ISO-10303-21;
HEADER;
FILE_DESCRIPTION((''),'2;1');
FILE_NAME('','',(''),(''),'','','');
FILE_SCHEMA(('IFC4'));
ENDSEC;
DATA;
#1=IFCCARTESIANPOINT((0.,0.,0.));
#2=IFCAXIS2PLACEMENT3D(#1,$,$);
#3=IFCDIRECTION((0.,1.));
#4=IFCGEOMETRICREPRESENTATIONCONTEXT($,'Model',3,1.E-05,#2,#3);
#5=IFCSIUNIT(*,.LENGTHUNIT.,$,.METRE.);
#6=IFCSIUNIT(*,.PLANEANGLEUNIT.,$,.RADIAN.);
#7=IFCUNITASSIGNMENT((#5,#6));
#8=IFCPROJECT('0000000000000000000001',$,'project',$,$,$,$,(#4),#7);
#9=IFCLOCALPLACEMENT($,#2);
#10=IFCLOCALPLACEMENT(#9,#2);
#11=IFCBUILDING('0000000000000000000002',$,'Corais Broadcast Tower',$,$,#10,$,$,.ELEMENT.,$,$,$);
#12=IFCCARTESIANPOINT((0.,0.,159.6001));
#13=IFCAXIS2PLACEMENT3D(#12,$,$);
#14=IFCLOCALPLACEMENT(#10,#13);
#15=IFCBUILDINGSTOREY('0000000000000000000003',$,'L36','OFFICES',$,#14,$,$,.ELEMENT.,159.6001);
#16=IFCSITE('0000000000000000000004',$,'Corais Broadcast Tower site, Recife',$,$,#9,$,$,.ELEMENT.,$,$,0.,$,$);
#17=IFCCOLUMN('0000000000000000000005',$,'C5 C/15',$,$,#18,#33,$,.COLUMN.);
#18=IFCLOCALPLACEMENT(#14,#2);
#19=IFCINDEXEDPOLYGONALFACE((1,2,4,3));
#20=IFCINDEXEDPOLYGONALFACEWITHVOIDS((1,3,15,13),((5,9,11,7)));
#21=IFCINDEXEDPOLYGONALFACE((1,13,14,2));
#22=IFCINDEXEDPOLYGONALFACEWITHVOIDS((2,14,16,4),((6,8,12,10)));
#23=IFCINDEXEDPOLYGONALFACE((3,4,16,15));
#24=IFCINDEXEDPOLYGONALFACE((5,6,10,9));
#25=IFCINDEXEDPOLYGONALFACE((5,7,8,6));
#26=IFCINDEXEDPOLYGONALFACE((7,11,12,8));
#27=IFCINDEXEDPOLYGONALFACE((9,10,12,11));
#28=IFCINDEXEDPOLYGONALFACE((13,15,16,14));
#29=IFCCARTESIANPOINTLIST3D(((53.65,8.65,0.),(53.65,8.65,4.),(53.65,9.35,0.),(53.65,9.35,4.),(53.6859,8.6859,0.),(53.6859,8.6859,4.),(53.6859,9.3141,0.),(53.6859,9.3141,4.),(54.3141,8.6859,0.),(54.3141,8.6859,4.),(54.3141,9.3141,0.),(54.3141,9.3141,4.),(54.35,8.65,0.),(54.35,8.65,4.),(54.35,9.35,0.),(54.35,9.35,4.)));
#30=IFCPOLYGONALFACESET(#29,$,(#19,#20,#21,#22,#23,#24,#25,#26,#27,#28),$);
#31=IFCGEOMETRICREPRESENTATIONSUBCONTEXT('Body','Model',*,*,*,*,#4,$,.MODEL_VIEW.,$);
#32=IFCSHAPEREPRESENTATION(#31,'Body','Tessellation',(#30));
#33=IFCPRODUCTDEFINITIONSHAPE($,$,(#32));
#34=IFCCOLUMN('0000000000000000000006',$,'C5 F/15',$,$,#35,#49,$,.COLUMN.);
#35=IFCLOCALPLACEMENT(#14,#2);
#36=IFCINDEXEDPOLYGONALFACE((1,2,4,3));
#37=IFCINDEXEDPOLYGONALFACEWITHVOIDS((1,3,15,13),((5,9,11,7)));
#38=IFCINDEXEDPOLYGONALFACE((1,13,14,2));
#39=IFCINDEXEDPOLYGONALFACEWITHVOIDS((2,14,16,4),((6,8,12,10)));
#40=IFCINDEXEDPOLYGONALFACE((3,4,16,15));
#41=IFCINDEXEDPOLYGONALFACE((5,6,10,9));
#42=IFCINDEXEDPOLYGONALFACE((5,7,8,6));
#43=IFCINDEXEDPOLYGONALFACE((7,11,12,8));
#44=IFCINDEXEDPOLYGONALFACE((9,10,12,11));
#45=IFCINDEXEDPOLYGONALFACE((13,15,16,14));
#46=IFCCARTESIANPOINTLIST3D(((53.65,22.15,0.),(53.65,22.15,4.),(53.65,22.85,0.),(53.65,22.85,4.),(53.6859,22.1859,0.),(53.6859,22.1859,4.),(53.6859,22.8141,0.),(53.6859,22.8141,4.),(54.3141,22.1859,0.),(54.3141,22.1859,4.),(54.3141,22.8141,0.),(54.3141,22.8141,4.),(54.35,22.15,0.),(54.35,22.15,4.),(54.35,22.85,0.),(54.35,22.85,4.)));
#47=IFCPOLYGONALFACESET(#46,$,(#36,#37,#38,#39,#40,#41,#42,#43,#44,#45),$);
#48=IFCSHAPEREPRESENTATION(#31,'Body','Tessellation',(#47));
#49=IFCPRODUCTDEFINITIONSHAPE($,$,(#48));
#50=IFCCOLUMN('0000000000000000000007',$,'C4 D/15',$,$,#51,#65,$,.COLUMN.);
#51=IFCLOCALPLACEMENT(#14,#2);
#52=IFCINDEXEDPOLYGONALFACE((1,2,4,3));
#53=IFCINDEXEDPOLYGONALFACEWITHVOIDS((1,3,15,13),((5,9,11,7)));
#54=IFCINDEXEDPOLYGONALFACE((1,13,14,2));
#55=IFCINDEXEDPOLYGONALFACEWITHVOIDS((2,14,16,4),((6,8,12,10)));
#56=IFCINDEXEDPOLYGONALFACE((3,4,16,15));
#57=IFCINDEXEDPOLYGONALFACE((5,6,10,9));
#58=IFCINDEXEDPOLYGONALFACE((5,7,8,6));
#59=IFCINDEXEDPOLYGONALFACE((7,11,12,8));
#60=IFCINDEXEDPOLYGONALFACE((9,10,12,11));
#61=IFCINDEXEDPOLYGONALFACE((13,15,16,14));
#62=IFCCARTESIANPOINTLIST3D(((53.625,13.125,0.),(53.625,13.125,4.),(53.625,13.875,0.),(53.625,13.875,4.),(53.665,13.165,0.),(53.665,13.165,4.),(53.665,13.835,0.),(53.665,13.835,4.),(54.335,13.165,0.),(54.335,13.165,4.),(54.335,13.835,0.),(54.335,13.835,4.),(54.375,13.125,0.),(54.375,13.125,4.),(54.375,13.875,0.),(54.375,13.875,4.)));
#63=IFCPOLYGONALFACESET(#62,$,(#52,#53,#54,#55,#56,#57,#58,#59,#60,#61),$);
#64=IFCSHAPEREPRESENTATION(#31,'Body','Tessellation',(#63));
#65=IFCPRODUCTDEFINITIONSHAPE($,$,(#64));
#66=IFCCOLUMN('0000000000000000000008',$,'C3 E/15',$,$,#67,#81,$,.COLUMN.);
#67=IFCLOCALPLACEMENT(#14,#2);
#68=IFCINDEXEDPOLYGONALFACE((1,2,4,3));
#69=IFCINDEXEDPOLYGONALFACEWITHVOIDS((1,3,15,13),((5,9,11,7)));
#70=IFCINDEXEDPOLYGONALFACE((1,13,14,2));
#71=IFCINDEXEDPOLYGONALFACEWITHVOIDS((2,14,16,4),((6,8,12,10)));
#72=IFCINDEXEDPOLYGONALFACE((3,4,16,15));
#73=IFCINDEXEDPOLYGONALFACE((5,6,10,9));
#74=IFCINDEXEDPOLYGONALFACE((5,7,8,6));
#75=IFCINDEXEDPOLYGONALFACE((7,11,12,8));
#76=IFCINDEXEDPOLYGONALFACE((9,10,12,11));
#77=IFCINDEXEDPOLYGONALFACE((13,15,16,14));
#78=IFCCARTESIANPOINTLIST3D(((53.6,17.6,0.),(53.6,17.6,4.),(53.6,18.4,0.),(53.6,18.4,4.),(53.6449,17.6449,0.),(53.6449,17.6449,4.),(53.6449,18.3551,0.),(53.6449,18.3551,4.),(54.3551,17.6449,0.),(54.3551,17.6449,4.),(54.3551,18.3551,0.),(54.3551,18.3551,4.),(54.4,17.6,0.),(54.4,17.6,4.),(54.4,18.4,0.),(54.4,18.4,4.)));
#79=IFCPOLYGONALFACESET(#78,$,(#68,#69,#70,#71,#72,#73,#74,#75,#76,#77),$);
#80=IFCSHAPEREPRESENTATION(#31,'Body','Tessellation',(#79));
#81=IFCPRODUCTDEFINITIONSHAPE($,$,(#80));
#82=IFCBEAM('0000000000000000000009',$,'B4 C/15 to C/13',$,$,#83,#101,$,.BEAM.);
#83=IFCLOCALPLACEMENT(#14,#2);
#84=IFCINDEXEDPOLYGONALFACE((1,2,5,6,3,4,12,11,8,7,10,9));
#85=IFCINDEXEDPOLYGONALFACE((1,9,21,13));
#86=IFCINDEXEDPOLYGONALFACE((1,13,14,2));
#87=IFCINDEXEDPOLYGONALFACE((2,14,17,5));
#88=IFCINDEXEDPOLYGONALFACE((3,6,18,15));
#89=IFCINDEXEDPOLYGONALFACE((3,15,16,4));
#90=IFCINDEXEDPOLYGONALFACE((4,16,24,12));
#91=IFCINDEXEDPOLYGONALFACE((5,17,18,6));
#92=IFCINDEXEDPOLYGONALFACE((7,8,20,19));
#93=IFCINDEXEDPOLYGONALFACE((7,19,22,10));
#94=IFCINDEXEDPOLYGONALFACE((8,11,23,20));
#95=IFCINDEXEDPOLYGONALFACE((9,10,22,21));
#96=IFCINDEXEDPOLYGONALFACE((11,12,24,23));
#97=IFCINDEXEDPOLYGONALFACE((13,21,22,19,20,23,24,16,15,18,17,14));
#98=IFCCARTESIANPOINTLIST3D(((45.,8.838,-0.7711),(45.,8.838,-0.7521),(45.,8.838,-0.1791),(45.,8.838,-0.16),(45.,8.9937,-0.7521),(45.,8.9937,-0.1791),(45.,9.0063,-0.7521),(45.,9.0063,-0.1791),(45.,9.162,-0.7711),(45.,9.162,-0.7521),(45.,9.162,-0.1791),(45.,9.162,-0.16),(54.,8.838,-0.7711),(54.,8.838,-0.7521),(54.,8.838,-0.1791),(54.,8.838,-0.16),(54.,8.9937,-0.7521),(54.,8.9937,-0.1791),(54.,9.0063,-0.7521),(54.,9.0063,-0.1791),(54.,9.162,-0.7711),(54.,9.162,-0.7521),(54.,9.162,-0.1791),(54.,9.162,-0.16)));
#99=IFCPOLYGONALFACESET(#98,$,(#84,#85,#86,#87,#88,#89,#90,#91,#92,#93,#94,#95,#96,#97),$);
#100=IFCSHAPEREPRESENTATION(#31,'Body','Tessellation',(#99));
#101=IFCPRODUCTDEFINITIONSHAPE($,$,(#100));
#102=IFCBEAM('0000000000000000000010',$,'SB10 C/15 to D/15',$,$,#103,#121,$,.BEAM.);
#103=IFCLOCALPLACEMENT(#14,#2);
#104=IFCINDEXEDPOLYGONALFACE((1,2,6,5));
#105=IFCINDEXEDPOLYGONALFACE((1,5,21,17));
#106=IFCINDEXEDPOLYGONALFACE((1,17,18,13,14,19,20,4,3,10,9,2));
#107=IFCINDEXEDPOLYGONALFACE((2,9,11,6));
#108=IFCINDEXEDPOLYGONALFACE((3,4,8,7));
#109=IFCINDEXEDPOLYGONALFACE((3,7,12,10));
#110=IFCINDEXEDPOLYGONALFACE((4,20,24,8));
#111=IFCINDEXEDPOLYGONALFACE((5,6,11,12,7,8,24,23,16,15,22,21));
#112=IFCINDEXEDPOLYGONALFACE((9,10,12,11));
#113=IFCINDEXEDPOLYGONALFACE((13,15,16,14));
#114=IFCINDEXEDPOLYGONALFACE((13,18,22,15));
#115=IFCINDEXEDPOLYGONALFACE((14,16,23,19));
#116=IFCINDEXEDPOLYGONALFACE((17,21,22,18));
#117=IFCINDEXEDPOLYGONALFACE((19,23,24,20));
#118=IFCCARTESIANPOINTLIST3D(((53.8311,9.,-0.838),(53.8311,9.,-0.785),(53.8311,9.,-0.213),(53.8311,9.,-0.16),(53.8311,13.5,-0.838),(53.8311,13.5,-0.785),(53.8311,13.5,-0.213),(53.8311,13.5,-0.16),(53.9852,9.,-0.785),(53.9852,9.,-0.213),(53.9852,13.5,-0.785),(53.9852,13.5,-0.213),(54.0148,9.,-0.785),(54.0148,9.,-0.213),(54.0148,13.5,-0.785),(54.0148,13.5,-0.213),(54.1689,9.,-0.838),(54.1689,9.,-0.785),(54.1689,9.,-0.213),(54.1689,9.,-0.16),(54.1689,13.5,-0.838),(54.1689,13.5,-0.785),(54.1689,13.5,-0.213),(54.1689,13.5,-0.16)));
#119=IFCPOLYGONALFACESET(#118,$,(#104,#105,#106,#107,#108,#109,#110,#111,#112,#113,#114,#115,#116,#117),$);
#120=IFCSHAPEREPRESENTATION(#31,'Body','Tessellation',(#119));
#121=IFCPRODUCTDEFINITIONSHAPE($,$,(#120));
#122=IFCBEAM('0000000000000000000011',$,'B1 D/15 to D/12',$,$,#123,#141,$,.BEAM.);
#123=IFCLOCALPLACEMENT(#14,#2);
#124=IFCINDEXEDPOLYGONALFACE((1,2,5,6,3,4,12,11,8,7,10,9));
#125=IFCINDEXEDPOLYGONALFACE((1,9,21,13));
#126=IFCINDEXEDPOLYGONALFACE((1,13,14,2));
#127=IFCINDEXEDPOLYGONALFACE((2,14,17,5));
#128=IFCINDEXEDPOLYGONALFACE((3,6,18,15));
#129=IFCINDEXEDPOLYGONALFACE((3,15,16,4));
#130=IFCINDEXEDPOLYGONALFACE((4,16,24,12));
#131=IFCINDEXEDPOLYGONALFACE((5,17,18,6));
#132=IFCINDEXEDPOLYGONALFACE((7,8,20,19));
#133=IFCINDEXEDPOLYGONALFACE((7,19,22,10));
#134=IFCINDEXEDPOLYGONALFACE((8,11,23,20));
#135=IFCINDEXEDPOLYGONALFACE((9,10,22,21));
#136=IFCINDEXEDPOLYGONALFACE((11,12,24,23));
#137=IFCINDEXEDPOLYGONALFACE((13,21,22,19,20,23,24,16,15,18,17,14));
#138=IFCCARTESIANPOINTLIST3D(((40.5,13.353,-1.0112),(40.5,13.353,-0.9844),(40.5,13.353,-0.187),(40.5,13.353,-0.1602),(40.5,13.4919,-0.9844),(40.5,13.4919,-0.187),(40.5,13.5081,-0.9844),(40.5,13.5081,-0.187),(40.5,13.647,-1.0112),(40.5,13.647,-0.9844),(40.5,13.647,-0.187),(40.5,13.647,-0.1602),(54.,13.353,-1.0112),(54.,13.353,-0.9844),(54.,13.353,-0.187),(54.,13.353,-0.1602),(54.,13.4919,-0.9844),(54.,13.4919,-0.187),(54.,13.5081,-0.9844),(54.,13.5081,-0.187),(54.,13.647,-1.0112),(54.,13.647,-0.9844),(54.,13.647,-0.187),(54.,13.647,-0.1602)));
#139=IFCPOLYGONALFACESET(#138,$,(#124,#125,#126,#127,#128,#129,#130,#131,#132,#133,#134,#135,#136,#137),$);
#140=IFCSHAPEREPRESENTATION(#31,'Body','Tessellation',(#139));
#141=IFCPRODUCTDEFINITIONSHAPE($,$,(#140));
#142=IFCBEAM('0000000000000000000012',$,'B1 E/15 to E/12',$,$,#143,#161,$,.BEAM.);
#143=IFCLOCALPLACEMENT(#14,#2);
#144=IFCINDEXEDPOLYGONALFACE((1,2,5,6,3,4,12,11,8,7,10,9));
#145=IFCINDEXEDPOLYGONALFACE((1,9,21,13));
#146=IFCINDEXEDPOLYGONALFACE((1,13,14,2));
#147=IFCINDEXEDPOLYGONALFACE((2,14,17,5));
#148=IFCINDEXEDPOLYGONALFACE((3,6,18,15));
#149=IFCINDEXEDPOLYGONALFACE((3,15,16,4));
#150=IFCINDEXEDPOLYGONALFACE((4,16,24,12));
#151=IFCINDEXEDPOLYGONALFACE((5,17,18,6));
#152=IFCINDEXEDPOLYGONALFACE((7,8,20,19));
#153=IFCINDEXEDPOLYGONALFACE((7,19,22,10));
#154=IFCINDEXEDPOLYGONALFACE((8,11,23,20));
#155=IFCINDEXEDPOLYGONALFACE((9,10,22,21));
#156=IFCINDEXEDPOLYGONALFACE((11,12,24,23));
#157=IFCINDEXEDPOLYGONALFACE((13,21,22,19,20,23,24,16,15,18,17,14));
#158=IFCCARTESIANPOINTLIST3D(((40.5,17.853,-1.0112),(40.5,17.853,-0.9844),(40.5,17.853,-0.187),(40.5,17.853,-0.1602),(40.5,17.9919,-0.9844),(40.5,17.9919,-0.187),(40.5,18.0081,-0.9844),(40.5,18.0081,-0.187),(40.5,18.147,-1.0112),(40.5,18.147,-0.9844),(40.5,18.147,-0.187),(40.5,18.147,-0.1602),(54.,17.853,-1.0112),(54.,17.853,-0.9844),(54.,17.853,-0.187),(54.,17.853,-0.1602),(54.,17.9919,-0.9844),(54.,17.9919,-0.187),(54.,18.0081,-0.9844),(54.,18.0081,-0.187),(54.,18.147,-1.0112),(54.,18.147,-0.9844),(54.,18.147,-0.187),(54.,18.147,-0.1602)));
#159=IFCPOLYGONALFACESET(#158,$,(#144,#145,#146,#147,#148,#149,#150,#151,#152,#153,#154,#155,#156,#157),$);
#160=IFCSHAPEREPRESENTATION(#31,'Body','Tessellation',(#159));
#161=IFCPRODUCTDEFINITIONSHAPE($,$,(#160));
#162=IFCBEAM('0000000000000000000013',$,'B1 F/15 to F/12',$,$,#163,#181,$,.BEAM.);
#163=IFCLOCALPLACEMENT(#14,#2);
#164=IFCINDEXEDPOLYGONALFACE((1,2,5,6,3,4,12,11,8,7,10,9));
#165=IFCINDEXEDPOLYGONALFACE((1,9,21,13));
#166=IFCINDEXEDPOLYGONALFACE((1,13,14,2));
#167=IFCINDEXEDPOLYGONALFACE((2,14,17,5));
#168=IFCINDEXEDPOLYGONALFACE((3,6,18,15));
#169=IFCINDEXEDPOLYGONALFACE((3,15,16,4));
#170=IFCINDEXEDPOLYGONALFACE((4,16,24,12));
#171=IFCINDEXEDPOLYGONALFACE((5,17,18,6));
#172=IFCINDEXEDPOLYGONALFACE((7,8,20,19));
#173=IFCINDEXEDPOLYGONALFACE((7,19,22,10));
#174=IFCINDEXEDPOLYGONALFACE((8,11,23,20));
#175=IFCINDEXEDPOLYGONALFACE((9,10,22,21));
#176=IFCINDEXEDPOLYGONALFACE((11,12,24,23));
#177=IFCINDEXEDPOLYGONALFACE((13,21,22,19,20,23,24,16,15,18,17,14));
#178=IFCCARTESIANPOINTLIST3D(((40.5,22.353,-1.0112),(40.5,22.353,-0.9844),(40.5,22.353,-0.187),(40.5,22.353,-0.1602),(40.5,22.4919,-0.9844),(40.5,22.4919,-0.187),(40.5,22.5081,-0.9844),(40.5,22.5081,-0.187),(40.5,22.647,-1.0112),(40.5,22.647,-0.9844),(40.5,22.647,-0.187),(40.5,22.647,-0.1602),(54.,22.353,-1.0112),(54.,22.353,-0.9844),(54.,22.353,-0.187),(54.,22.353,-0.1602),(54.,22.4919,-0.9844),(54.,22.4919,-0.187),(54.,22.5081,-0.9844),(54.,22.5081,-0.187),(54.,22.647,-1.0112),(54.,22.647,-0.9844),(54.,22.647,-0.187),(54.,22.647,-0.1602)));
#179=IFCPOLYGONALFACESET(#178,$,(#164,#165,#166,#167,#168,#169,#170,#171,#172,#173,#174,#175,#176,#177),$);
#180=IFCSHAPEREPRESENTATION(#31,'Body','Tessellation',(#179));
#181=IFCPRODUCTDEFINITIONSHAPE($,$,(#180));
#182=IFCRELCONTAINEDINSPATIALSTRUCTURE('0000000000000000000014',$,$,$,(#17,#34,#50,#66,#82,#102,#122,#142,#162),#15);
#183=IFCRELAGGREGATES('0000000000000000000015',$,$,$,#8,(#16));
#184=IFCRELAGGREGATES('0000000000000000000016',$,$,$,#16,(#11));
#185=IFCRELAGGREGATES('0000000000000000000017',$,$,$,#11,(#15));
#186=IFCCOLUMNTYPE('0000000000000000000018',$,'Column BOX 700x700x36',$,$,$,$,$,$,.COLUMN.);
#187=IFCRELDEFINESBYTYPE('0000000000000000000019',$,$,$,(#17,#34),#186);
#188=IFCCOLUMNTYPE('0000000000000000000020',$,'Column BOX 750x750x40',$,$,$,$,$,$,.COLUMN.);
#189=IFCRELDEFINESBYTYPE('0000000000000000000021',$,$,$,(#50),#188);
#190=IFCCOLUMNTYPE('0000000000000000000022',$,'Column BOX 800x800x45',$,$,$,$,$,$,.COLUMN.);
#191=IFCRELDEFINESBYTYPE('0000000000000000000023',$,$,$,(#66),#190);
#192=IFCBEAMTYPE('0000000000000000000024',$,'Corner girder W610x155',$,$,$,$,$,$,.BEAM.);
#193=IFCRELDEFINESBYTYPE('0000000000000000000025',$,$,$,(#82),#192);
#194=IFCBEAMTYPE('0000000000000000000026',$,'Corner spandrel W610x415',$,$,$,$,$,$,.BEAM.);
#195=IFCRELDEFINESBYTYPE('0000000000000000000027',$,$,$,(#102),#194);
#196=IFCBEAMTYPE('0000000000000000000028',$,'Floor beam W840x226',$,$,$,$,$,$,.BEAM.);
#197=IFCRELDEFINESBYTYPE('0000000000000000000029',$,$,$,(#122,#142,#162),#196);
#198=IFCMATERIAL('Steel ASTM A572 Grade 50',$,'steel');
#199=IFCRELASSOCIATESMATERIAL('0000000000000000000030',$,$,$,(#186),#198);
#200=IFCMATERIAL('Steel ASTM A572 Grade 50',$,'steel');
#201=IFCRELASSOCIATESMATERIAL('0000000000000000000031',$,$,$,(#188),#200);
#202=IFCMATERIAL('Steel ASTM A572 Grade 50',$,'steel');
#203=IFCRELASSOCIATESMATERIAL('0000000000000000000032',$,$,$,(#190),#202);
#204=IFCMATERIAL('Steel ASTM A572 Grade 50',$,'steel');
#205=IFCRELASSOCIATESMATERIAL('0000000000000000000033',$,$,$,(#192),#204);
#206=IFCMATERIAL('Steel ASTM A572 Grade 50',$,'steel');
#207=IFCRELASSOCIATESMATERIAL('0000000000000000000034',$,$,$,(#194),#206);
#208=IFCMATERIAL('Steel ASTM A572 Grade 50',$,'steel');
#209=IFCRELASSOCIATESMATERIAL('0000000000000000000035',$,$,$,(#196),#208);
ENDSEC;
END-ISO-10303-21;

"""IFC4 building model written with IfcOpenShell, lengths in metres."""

from ifc_helpers import new_model, si_unit, direction, frame, origin, origin_2d, place, context, subcontext, project, spatial, hollow_rectangle, i_section, extrude, material, material_profile, profile_set, type_object, element, save


model = new_model("IFC4")

# Units and contexts
model_context = context("Model", 3, precision=1e-05, world=origin(), true_north=direction((0.0, 1.0)))
body_context = subcontext(model_context, "Body", "Model", "MODEL_VIEW")
ifc_project = project(units=[si_unit("LENGTHUNIT", "METRE"), si_unit("PLANEANGLEUNIT", "RADIAN")], contexts=[model_context])

# Site, building, storey
site_placement = place(None, origin())
site = spatial("IfcSite", under=ifc_project, at=site_placement, Name="Corais Broadcast Tower site, Recife", CompositionType="ELEMENT", RefElevation=0.0)
building_placement = place(site_placement, origin())
building = spatial("IfcBuilding", under=site, at=building_placement, Name="Corais Broadcast Tower", CompositionType="ELEMENT")
storey_placement = place(building_placement, frame((0.0, 0.0, 159.6001)))
storey = spatial("IfcBuildingStorey", under=building, at=storey_placement, Name="L36", Description="OFFICES", CompositionType="ELEMENT", Elevation=159.6001)

# Columns
ifc_material_1 = material(Name="Steel ASTM A572 Grade 50", Category="steel")
ifc_material_profile_1 = material_profile(ifc_material_1, hollow_rectangle(XDim=0.7, YDim=0.7, WallThickness=0.0359, at=origin_2d()), Name="BOX 700x700x36")
ifc_profile_set_1 = profile_set([ifc_material_profile_1], Name="Steel ASTM A572 Grade 50")
column_type_1 = type_object("IfcColumnType", Name="Column BOX 700x700x36", PredefinedType="COLUMN", material=ifc_profile_set_1)
for number, where, z_axis, x_axis, name in (
    (1, (54.0, 9.0, 0.0), (0.0, 0.0, 1.0), (1.0, 0.0, 0.0), "C5 C/15"),
    (2, (54.0, 22.5, 0.0), (0.0, 0.0, 1.0), (1.0, 0.0, 0.0), "C5 F/15"),
):
    element("IfcColumn", number, at=place(storey_placement, frame(where, z_axis=z_axis, x_axis=x_axis)), inside=storey, type_object=column_type_1, Name=name, PredefinedType="COLUMN", context=body_context, shape_type="SweptSolid", body=[
        extrude(hollow_rectangle(XDim=0.7, YDim=0.7, WallThickness=0.0359, at=origin_2d()), origin(), (0.0, 0.0, 1.0), 4.0),
    ])
ifc_material_2 = material(Name="Steel ASTM A572 Grade 50", Category="steel")
ifc_material_profile_2 = material_profile(ifc_material_2, hollow_rectangle(XDim=0.75, YDim=0.75, WallThickness=0.04, at=origin_2d()), Name="BOX 750x750x40")
ifc_profile_set_2 = profile_set([ifc_material_profile_2], Name="Steel ASTM A572 Grade 50")
column_type_2 = type_object("IfcColumnType", Name="Column BOX 750x750x40", PredefinedType="COLUMN", material=ifc_profile_set_2)
column_1_placement = place(storey_placement, frame((54.0, 13.5, 0.0), z_axis=(0.0, 0.0, 1.0), x_axis=(1.0, 0.0, 0.0)))
element("IfcColumn", 3, at=column_1_placement, inside=storey, type_object=column_type_2, Name="C4 D/15", PredefinedType="COLUMN", context=body_context, shape_type="SweptSolid", body=[
    extrude(hollow_rectangle(XDim=0.75, YDim=0.75, WallThickness=0.04, at=origin_2d()), origin(), (0.0, 0.0, 1.0), 4.0),
])
ifc_material_3 = material(Name="Steel ASTM A572 Grade 50", Category="steel")
ifc_material_profile_3 = material_profile(ifc_material_3, hollow_rectangle(XDim=0.8, YDim=0.8, WallThickness=0.0449, at=origin_2d()), Name="BOX 800x800x45")
ifc_profile_set_3 = profile_set([ifc_material_profile_3], Name="Steel ASTM A572 Grade 50")
column_type_3 = type_object("IfcColumnType", Name="Column BOX 800x800x45", PredefinedType="COLUMN", material=ifc_profile_set_3)
column_2_placement = place(storey_placement, frame((54.0, 18.0, 0.0), z_axis=(0.0, 0.0, 1.0), x_axis=(1.0, 0.0, 0.0)))
element("IfcColumn", 4, at=column_2_placement, inside=storey, type_object=column_type_3, Name="C3 E/15", PredefinedType="COLUMN", context=body_context, shape_type="SweptSolid", body=[
    extrude(hollow_rectangle(XDim=0.8, YDim=0.8, WallThickness=0.0449, at=origin_2d()), origin(), (0.0, 0.0, 1.0), 4.0),
])

# Beams
ifc_material_4 = material(Name="Steel ASTM A572 Grade 50", Category="steel")
ifc_material_profile_4 = material_profile(ifc_material_4, i_section(OverallWidth=0.324, OverallDepth=0.6111, WebThickness=0.0127, FlangeThickness=0.019, at=origin_2d()), Name="W610x155")
ifc_profile_set_4 = profile_set([ifc_material_profile_4], Name="Steel ASTM A572 Grade 50")
beam_type_1 = type_object("IfcBeamType", Name="Corner girder W610x155", PredefinedType="BEAM", material=ifc_profile_set_4)
beam_1_placement = place(storey_placement, frame((54.0, 9.0, -0.4656), z_axis=(-1.0, 0.0, 0.0), x_axis=(0.0, -1.0, 0.0)))
element("IfcBeam", 5, at=beam_1_placement, inside=storey, type_object=beam_type_1, Name="B4 C/15 to C/13", PredefinedType="BEAM", context=body_context, shape_type="SweptSolid", body=[
    extrude(i_section(OverallWidth=0.324, OverallDepth=0.6111, WebThickness=0.0127, FlangeThickness=0.019, at=origin_2d()), origin(), (0.0, 0.0, 1.0), 9.0),
])
ifc_material_5 = material(Name="Steel ASTM A572 Grade 50", Category="steel")
ifc_material_profile_5 = material_profile(ifc_material_5, i_section(OverallWidth=0.3379, OverallDepth=0.678, WebThickness=0.0295, FlangeThickness=0.053, at=origin_2d()), Name="W610x415")
ifc_profile_set_5 = profile_set([ifc_material_profile_5], Name="Steel ASTM A572 Grade 50")
beam_type_2 = type_object("IfcBeamType", Name="Corner spandrel W610x415", PredefinedType="BEAM", material=ifc_profile_set_5)
beam_2_placement = place(storey_placement, frame((54.0, 9.0, -0.499), z_axis=(0.0, 1.0, 0.0), x_axis=(-1.0, 0.0, 0.0)))
element("IfcBeam", 6, at=beam_2_placement, inside=storey, type_object=beam_type_2, Name="SB10 C/15 to D/15", PredefinedType="BEAM", context=body_context, shape_type="SweptSolid", body=[
    extrude(i_section(OverallWidth=0.3379, OverallDepth=0.678, WebThickness=0.0295, FlangeThickness=0.053, at=origin_2d()), origin(), (0.0, 0.0, 1.0), 4.5),
])
ifc_material_6 = material(Name="Steel ASTM A572 Grade 50", Category="steel")
ifc_material_profile_6 = material_profile(ifc_material_6, i_section(OverallWidth=0.2939, OverallDepth=0.8511, WebThickness=0.0161, FlangeThickness=0.0269, at=origin_2d()), Name="W840x226")
ifc_profile_set_6 = profile_set([ifc_material_profile_6], Name="Steel ASTM A572 Grade 50")
beam_type_3 = type_object("IfcBeamType", Name="Floor beam W840x226", PredefinedType="BEAM", material=ifc_profile_set_6)
for number, where, z_axis, x_axis, name in (
    (7, (54.0, 13.5, -0.5857), (-1.0, 0.0, 0.0), (0.0, -1.0, 0.0), "B1 D/15 to D/12"),
    (8, (54.0, 18.0, -0.5857), (-1.0, 0.0, 0.0), (0.0, -1.0, 0.0), "B1 E/15 to E/12"),
    (9, (54.0, 22.5, -0.5857), (-1.0, 0.0, 0.0), (0.0, -1.0, 0.0), "B1 F/15 to F/12"),
):
    element("IfcBeam", number, at=place(storey_placement, frame(where, z_axis=z_axis, x_axis=x_axis)), inside=storey, type_object=beam_type_3, Name=name, PredefinedType="BEAM", context=body_context, shape_type="SweptSolid", body=[
        extrude(i_section(OverallWidth=0.2939, OverallDepth=0.8511, WebThickness=0.0161, FlangeThickness=0.0269, at=origin_2d()), origin(), (0.0, 0.0, 1.0), 13.5),
    ])

save(model, "model.ifc")
